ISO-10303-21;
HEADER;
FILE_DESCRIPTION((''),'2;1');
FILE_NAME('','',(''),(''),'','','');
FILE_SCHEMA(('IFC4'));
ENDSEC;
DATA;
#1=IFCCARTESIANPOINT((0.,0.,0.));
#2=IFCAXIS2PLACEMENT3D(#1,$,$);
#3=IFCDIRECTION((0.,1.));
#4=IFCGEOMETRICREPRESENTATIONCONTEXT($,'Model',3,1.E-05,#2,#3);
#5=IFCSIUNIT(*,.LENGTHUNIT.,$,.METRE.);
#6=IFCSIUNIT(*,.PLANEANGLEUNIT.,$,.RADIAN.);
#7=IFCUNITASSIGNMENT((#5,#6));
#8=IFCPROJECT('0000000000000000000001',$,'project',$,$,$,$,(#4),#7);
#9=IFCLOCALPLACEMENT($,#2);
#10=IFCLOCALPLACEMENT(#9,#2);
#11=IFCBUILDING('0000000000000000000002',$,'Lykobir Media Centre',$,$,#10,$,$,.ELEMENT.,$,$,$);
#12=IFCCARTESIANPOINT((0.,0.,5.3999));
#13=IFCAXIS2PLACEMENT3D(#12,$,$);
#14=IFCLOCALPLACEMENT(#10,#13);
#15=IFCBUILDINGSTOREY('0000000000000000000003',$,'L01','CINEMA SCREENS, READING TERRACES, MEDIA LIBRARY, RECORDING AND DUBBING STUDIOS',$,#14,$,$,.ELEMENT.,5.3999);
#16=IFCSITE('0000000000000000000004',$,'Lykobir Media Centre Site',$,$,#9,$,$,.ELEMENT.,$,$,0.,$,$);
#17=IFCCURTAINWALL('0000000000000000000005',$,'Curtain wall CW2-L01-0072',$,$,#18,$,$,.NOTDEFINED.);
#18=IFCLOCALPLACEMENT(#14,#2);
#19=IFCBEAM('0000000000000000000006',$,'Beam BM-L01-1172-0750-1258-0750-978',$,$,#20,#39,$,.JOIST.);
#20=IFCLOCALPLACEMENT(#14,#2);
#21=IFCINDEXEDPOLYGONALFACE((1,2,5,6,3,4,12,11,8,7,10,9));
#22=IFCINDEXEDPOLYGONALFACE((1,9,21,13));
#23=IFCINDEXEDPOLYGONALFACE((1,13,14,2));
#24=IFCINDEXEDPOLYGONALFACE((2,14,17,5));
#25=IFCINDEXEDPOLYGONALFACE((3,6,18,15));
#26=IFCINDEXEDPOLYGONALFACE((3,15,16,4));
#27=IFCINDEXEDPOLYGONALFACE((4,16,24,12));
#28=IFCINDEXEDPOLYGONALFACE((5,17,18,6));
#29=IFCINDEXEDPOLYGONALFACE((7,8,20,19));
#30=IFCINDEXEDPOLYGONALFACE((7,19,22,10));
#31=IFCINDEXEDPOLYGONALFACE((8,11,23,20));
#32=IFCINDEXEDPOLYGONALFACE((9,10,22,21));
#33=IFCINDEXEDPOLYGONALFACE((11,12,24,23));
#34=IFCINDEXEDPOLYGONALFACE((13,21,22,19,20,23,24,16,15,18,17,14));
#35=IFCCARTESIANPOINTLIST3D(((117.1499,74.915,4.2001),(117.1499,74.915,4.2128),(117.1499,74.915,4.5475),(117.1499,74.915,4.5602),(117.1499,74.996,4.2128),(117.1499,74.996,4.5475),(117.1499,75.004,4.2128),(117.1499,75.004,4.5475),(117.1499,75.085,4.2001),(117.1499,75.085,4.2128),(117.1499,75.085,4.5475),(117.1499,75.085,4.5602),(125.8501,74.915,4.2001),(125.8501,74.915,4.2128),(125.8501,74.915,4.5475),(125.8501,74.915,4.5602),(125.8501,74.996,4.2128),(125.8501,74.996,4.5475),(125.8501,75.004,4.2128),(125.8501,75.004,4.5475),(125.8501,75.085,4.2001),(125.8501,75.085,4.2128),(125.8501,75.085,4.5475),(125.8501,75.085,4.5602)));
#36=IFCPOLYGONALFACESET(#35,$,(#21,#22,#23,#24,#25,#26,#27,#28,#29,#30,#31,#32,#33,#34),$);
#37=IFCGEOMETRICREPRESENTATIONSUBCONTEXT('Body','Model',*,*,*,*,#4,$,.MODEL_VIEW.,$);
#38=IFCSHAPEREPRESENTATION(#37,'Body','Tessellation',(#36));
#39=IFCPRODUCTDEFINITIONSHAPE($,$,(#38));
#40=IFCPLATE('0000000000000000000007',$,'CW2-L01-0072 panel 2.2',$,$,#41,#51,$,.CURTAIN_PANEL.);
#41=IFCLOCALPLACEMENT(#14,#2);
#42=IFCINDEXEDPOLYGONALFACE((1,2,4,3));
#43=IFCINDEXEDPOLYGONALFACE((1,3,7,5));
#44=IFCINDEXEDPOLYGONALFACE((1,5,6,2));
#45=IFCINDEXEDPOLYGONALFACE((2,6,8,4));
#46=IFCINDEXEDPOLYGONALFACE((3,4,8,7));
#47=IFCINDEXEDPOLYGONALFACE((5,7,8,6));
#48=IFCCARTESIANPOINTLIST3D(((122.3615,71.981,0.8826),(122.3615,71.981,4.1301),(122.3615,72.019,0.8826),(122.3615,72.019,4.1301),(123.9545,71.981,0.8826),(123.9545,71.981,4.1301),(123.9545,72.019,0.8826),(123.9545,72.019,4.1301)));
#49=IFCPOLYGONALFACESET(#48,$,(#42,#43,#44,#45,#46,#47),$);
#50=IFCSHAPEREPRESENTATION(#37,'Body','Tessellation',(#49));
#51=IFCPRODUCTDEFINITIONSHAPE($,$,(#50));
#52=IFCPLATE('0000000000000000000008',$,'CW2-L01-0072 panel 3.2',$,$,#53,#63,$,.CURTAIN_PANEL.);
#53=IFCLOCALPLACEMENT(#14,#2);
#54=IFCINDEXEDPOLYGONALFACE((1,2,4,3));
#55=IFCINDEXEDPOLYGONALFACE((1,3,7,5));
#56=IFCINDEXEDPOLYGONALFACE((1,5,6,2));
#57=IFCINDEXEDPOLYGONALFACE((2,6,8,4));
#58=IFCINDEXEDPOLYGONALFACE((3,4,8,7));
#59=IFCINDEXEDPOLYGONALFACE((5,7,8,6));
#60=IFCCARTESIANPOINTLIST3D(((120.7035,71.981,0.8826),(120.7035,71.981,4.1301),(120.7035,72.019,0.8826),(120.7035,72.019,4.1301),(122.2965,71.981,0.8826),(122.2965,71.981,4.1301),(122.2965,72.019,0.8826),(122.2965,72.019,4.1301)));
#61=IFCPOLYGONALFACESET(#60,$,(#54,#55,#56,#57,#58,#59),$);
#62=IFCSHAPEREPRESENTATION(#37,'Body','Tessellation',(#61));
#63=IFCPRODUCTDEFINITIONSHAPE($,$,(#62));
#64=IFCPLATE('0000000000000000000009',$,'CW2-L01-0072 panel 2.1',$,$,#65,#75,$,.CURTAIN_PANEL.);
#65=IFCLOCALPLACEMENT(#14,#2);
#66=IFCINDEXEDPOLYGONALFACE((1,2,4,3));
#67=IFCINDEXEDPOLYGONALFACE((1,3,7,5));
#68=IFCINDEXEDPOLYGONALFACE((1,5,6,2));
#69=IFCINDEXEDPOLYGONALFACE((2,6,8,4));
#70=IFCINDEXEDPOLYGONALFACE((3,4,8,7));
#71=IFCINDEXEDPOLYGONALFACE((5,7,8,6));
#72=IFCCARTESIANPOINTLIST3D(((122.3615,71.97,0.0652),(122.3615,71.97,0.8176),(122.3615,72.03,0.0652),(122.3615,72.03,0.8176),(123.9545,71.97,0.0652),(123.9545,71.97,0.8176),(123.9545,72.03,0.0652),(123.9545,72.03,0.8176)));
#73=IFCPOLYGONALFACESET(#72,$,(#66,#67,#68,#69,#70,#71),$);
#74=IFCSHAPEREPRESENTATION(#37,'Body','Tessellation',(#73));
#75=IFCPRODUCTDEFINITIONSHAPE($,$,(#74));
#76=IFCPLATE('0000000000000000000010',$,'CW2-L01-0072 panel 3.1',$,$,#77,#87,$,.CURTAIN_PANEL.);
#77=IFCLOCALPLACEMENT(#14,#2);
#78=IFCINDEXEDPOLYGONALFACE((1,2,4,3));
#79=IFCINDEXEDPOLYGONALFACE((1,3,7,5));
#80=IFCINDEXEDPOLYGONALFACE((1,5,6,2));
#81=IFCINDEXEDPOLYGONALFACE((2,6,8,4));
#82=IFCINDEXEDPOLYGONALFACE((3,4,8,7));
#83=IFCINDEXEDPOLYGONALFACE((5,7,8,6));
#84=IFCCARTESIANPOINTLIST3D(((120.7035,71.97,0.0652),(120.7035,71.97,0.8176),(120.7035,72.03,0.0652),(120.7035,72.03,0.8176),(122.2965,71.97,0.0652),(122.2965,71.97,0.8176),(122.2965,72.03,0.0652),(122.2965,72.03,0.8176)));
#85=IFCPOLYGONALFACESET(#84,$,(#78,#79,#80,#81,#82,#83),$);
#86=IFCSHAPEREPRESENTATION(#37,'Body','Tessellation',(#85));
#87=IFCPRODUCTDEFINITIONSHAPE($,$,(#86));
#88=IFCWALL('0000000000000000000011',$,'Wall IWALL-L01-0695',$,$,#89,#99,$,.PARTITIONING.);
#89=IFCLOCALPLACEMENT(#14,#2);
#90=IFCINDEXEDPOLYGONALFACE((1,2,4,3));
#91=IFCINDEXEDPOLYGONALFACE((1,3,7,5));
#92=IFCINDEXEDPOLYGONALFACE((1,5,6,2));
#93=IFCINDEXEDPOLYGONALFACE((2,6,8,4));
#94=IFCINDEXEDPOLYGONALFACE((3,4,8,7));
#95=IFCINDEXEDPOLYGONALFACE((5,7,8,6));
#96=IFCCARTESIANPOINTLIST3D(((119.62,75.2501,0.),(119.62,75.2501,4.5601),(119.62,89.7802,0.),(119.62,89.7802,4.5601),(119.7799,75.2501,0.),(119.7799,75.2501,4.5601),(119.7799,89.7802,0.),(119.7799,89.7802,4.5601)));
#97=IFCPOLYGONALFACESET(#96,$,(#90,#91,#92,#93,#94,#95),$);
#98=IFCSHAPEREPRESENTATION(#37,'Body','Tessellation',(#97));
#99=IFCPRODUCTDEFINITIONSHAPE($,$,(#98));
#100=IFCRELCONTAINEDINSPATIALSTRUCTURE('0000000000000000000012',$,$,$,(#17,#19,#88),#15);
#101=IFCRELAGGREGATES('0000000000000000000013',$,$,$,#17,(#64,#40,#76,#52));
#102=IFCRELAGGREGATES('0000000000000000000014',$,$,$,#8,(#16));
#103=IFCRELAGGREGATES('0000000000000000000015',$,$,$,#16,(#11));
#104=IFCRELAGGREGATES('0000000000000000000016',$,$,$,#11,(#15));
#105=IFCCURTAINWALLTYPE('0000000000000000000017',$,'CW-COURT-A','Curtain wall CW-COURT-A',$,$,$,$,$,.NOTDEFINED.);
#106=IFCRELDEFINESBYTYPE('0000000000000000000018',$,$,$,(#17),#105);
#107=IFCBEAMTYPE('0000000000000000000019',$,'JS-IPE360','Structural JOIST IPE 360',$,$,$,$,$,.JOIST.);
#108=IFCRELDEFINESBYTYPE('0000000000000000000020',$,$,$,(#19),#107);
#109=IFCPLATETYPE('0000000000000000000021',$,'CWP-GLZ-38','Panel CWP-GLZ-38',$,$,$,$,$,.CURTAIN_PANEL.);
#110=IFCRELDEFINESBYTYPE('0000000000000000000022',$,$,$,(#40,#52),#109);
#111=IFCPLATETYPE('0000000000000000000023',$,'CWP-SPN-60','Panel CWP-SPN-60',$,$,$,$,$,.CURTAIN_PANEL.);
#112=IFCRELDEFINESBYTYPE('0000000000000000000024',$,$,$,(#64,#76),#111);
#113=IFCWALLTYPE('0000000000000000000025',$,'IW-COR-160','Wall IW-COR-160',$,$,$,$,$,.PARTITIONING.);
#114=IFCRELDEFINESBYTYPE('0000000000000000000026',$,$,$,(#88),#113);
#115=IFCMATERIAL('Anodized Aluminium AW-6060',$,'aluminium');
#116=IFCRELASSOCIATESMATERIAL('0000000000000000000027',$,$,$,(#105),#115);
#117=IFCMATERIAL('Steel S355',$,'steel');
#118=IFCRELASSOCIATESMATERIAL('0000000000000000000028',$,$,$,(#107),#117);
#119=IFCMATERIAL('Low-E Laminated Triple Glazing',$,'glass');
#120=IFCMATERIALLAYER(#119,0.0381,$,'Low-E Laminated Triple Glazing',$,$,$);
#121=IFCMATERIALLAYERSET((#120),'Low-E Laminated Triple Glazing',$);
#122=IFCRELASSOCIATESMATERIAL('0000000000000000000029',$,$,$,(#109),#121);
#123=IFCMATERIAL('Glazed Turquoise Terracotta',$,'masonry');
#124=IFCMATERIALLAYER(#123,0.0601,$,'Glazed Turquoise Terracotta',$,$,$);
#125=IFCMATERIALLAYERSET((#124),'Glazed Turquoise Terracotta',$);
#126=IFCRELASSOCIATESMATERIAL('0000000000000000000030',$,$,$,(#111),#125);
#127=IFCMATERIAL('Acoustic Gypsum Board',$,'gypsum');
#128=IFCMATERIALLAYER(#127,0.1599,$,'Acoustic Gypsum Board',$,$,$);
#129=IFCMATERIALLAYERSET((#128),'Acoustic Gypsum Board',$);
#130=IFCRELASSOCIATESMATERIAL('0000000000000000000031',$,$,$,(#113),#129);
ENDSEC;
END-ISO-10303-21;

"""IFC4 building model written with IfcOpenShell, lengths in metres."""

from ifc_helpers import new_model, si_unit, direction, frame, frame_2d, origin, origin_2d, place, context, subcontext, project, spatial, rectangle, i_section, extrude, material, layer, layer_set, material_profile, profile_set, type_object, element, aggregate, save


model = new_model("IFC4")

# Units and contexts
model_context = context("Model", 3, precision=1e-05, world=origin(), true_north=direction((0.0, 1.0)))
body_context = subcontext(model_context, "Body", "Model", "MODEL_VIEW")
ifc_project = project(units=[si_unit("LENGTHUNIT", "METRE"), si_unit("PLANEANGLEUNIT", "RADIAN")], contexts=[model_context])

# Site, building, storey
site_placement = place(None, origin())
site = spatial("IfcSite", under=ifc_project, at=site_placement, Name="Lykobir Media Centre Site", CompositionType="ELEMENT", RefElevation=0.0)
building_placement = place(site_placement, origin())
building = spatial("IfcBuilding", under=site, at=building_placement, Name="Lykobir Media Centre", CompositionType="ELEMENT")
storey_placement = place(building_placement, frame((0.0, 0.0, 5.3999)))
storey = spatial("IfcBuildingStorey", under=building, at=storey_placement, Name="L01", Description="CINEMA SCREENS, READING TERRACES, MEDIA LIBRARY, RECORDING AND DUBBING STUDIOS", CompositionType="ELEMENT", Elevation=5.3999)

# Curtain wall
ifc_material_1 = material(Name="Anodized Aluminium AW-6060", Category="aluminium")
curtain_wall_type = type_object("IfcCurtainWallType", Name="CW-COURT-A", Description="Curtain wall CW-COURT-A", PredefinedType="NOTDEFINED", material=ifc_material_1)
curtain_wall_placement = place(storey_placement, origin())
curtain_wall = element("IfcCurtainWall", 1, at=curtain_wall_placement, inside=storey, type_object=curtain_wall_type, Name="Curtain wall CW2-L01-0072", PredefinedType="NOTDEFINED")

# Beam
ifc_material_2 = material(Name="Steel S355", Category="steel")
ifc_material_profile_1 = material_profile(ifc_material_2, i_section(OverallWidth=0.1699, OverallDepth=0.3601, WebThickness=0.0081, FlangeThickness=0.0127, at=origin_2d()), Name="IPE 360")
ifc_profile_set_1 = profile_set([ifc_material_profile_1], Name="Steel S355")
beam_type = type_object("IfcBeamType", Name="JS-IPE360", Description="Structural JOIST IPE 360", PredefinedType="JOIST", material=ifc_profile_set_1)
beam_placement = place(storey_placement, frame((117.1499, 75.0, 4.3801), z_axis=(1.0, 0.0, 0.0), x_axis=(0.0, 1.0, 0.0)))
element("IfcBeam", 2, at=beam_placement, inside=storey, type_object=beam_type, Name="Beam BM-L01-1172-0750-1258-0750-978", PredefinedType="JOIST", context=body_context, shape_type="SweptSolid", body=[
    extrude(i_section(OverallWidth=0.1699, OverallDepth=0.3601, WebThickness=0.0081, FlangeThickness=0.0127, at=origin_2d()), origin(), (0.0, 0.0, 1.0), 8.7002),
])

# Plates
ifc_material_3 = material(Name="Low-E Laminated Triple Glazing", Category="glass")
ifc_layer_1 = layer(ifc_material_3, 0.0381, Name="Low-E Laminated Triple Glazing")
ifc_layer_set_1 = layer_set([ifc_layer_1], Name="Low-E Laminated Triple Glazing")
plate_type_1 = type_object("IfcPlateType", Name="CWP-GLZ-38", Description="Panel CWP-GLZ-38", PredefinedType="CURTAIN_PANEL", material=ifc_layer_set_1)
plate_1_placement = place(storey_placement, frame((123.158, 72.0, 0.8826), z_axis=(0.0, 0.0, 1.0), x_axis=(-1.0, 0.0, 0.0)))
plate_1 = element("IfcPlate", 3, at=plate_1_placement, type_object=plate_type_1, Name="CW2-L01-0072 panel 2.2", PredefinedType="CURTAIN_PANEL", context=body_context, shape_type="SweptSolid", body=[
    extrude(rectangle(XDim=1.593, YDim=0.0381, at=origin_2d()), origin(), (0.0, 0.0, 1.0), 3.2476),
])
plate_2_placement = place(storey_placement, frame((121.5, 72.0, 0.8826), z_axis=(0.0, 0.0, 1.0), x_axis=(-1.0, 0.0, 0.0)))
plate_2 = element("IfcPlate", 4, at=plate_2_placement, type_object=plate_type_1, Name="CW2-L01-0072 panel 3.2", PredefinedType="CURTAIN_PANEL", context=body_context, shape_type="SweptSolid", body=[
    extrude(rectangle(XDim=1.593, YDim=0.0381, at=origin_2d()), origin(), (0.0, 0.0, 1.0), 3.2476),
])
ifc_material_4 = material(Name="Glazed Turquoise Terracotta", Category="masonry")
ifc_layer_2 = layer(ifc_material_4, 0.0601, Name="Glazed Turquoise Terracotta")
ifc_layer_set_2 = layer_set([ifc_layer_2], Name="Glazed Turquoise Terracotta")
plate_type_2 = type_object("IfcPlateType", Name="CWP-SPN-60", Description="Panel CWP-SPN-60", PredefinedType="CURTAIN_PANEL", material=ifc_layer_set_2)
plate_3_placement = place(storey_placement, frame((123.158, 72.0, 0.0652), z_axis=(0.0, 0.0, 1.0), x_axis=(-1.0, 0.0, 0.0)))
plate_3 = element("IfcPlate", 5, at=plate_3_placement, type_object=plate_type_2, Name="CW2-L01-0072 panel 2.1", PredefinedType="CURTAIN_PANEL", context=body_context, shape_type="SweptSolid", body=[
    extrude(rectangle(XDim=1.593, YDim=0.0601, at=origin_2d()), origin(), (0.0, 0.0, 1.0), 0.7524),
])
plate_4_placement = place(storey_placement, frame((121.5, 72.0, 0.0652), z_axis=(0.0, 0.0, 1.0), x_axis=(-1.0, 0.0, 0.0)))
plate_4 = element("IfcPlate", 6, at=plate_4_placement, type_object=plate_type_2, Name="CW2-L01-0072 panel 3.1", PredefinedType="CURTAIN_PANEL", context=body_context, shape_type="SweptSolid", body=[
    extrude(rectangle(XDim=1.593, YDim=0.0601, at=origin_2d()), origin(), (0.0, 0.0, 1.0), 0.7524),
])
aggregate(curtain_wall, [plate_3, plate_1, plate_4, plate_2])

# Wall
ifc_material_5 = material(Name="Acoustic Gypsum Board", Category="gypsum")
ifc_layer_3 = layer(ifc_material_5, 0.1599, Name="Acoustic Gypsum Board")
ifc_layer_set_3 = layer_set([ifc_layer_3], Name="Acoustic Gypsum Board")
wall_type_1 = type_object("IfcWallType", Name="IW-COR-160", Description="Wall IW-COR-160", PredefinedType="PARTITIONING", material=ifc_layer_set_3)
wall_1_placement = place(storey_placement, frame((119.7, 75.25, 0.0), z_axis=(0.0, 0.0, 1.0), x_axis=(0.0, 1.0, 0.0)))
element("IfcWall", 7, at=wall_1_placement, inside=storey, type_object=wall_type_1, Name="Wall IWALL-L01-0695", PredefinedType="PARTITIONING", context=body_context, shape_type="SweptSolid", body=[
    extrude(rectangle(XDim=14.53, YDim=0.1599, at=frame_2d((7.2651, 0.0))), origin(), (0.0, 0.0, 1.0), 4.5601),
])

save(model, "model.ifc")
